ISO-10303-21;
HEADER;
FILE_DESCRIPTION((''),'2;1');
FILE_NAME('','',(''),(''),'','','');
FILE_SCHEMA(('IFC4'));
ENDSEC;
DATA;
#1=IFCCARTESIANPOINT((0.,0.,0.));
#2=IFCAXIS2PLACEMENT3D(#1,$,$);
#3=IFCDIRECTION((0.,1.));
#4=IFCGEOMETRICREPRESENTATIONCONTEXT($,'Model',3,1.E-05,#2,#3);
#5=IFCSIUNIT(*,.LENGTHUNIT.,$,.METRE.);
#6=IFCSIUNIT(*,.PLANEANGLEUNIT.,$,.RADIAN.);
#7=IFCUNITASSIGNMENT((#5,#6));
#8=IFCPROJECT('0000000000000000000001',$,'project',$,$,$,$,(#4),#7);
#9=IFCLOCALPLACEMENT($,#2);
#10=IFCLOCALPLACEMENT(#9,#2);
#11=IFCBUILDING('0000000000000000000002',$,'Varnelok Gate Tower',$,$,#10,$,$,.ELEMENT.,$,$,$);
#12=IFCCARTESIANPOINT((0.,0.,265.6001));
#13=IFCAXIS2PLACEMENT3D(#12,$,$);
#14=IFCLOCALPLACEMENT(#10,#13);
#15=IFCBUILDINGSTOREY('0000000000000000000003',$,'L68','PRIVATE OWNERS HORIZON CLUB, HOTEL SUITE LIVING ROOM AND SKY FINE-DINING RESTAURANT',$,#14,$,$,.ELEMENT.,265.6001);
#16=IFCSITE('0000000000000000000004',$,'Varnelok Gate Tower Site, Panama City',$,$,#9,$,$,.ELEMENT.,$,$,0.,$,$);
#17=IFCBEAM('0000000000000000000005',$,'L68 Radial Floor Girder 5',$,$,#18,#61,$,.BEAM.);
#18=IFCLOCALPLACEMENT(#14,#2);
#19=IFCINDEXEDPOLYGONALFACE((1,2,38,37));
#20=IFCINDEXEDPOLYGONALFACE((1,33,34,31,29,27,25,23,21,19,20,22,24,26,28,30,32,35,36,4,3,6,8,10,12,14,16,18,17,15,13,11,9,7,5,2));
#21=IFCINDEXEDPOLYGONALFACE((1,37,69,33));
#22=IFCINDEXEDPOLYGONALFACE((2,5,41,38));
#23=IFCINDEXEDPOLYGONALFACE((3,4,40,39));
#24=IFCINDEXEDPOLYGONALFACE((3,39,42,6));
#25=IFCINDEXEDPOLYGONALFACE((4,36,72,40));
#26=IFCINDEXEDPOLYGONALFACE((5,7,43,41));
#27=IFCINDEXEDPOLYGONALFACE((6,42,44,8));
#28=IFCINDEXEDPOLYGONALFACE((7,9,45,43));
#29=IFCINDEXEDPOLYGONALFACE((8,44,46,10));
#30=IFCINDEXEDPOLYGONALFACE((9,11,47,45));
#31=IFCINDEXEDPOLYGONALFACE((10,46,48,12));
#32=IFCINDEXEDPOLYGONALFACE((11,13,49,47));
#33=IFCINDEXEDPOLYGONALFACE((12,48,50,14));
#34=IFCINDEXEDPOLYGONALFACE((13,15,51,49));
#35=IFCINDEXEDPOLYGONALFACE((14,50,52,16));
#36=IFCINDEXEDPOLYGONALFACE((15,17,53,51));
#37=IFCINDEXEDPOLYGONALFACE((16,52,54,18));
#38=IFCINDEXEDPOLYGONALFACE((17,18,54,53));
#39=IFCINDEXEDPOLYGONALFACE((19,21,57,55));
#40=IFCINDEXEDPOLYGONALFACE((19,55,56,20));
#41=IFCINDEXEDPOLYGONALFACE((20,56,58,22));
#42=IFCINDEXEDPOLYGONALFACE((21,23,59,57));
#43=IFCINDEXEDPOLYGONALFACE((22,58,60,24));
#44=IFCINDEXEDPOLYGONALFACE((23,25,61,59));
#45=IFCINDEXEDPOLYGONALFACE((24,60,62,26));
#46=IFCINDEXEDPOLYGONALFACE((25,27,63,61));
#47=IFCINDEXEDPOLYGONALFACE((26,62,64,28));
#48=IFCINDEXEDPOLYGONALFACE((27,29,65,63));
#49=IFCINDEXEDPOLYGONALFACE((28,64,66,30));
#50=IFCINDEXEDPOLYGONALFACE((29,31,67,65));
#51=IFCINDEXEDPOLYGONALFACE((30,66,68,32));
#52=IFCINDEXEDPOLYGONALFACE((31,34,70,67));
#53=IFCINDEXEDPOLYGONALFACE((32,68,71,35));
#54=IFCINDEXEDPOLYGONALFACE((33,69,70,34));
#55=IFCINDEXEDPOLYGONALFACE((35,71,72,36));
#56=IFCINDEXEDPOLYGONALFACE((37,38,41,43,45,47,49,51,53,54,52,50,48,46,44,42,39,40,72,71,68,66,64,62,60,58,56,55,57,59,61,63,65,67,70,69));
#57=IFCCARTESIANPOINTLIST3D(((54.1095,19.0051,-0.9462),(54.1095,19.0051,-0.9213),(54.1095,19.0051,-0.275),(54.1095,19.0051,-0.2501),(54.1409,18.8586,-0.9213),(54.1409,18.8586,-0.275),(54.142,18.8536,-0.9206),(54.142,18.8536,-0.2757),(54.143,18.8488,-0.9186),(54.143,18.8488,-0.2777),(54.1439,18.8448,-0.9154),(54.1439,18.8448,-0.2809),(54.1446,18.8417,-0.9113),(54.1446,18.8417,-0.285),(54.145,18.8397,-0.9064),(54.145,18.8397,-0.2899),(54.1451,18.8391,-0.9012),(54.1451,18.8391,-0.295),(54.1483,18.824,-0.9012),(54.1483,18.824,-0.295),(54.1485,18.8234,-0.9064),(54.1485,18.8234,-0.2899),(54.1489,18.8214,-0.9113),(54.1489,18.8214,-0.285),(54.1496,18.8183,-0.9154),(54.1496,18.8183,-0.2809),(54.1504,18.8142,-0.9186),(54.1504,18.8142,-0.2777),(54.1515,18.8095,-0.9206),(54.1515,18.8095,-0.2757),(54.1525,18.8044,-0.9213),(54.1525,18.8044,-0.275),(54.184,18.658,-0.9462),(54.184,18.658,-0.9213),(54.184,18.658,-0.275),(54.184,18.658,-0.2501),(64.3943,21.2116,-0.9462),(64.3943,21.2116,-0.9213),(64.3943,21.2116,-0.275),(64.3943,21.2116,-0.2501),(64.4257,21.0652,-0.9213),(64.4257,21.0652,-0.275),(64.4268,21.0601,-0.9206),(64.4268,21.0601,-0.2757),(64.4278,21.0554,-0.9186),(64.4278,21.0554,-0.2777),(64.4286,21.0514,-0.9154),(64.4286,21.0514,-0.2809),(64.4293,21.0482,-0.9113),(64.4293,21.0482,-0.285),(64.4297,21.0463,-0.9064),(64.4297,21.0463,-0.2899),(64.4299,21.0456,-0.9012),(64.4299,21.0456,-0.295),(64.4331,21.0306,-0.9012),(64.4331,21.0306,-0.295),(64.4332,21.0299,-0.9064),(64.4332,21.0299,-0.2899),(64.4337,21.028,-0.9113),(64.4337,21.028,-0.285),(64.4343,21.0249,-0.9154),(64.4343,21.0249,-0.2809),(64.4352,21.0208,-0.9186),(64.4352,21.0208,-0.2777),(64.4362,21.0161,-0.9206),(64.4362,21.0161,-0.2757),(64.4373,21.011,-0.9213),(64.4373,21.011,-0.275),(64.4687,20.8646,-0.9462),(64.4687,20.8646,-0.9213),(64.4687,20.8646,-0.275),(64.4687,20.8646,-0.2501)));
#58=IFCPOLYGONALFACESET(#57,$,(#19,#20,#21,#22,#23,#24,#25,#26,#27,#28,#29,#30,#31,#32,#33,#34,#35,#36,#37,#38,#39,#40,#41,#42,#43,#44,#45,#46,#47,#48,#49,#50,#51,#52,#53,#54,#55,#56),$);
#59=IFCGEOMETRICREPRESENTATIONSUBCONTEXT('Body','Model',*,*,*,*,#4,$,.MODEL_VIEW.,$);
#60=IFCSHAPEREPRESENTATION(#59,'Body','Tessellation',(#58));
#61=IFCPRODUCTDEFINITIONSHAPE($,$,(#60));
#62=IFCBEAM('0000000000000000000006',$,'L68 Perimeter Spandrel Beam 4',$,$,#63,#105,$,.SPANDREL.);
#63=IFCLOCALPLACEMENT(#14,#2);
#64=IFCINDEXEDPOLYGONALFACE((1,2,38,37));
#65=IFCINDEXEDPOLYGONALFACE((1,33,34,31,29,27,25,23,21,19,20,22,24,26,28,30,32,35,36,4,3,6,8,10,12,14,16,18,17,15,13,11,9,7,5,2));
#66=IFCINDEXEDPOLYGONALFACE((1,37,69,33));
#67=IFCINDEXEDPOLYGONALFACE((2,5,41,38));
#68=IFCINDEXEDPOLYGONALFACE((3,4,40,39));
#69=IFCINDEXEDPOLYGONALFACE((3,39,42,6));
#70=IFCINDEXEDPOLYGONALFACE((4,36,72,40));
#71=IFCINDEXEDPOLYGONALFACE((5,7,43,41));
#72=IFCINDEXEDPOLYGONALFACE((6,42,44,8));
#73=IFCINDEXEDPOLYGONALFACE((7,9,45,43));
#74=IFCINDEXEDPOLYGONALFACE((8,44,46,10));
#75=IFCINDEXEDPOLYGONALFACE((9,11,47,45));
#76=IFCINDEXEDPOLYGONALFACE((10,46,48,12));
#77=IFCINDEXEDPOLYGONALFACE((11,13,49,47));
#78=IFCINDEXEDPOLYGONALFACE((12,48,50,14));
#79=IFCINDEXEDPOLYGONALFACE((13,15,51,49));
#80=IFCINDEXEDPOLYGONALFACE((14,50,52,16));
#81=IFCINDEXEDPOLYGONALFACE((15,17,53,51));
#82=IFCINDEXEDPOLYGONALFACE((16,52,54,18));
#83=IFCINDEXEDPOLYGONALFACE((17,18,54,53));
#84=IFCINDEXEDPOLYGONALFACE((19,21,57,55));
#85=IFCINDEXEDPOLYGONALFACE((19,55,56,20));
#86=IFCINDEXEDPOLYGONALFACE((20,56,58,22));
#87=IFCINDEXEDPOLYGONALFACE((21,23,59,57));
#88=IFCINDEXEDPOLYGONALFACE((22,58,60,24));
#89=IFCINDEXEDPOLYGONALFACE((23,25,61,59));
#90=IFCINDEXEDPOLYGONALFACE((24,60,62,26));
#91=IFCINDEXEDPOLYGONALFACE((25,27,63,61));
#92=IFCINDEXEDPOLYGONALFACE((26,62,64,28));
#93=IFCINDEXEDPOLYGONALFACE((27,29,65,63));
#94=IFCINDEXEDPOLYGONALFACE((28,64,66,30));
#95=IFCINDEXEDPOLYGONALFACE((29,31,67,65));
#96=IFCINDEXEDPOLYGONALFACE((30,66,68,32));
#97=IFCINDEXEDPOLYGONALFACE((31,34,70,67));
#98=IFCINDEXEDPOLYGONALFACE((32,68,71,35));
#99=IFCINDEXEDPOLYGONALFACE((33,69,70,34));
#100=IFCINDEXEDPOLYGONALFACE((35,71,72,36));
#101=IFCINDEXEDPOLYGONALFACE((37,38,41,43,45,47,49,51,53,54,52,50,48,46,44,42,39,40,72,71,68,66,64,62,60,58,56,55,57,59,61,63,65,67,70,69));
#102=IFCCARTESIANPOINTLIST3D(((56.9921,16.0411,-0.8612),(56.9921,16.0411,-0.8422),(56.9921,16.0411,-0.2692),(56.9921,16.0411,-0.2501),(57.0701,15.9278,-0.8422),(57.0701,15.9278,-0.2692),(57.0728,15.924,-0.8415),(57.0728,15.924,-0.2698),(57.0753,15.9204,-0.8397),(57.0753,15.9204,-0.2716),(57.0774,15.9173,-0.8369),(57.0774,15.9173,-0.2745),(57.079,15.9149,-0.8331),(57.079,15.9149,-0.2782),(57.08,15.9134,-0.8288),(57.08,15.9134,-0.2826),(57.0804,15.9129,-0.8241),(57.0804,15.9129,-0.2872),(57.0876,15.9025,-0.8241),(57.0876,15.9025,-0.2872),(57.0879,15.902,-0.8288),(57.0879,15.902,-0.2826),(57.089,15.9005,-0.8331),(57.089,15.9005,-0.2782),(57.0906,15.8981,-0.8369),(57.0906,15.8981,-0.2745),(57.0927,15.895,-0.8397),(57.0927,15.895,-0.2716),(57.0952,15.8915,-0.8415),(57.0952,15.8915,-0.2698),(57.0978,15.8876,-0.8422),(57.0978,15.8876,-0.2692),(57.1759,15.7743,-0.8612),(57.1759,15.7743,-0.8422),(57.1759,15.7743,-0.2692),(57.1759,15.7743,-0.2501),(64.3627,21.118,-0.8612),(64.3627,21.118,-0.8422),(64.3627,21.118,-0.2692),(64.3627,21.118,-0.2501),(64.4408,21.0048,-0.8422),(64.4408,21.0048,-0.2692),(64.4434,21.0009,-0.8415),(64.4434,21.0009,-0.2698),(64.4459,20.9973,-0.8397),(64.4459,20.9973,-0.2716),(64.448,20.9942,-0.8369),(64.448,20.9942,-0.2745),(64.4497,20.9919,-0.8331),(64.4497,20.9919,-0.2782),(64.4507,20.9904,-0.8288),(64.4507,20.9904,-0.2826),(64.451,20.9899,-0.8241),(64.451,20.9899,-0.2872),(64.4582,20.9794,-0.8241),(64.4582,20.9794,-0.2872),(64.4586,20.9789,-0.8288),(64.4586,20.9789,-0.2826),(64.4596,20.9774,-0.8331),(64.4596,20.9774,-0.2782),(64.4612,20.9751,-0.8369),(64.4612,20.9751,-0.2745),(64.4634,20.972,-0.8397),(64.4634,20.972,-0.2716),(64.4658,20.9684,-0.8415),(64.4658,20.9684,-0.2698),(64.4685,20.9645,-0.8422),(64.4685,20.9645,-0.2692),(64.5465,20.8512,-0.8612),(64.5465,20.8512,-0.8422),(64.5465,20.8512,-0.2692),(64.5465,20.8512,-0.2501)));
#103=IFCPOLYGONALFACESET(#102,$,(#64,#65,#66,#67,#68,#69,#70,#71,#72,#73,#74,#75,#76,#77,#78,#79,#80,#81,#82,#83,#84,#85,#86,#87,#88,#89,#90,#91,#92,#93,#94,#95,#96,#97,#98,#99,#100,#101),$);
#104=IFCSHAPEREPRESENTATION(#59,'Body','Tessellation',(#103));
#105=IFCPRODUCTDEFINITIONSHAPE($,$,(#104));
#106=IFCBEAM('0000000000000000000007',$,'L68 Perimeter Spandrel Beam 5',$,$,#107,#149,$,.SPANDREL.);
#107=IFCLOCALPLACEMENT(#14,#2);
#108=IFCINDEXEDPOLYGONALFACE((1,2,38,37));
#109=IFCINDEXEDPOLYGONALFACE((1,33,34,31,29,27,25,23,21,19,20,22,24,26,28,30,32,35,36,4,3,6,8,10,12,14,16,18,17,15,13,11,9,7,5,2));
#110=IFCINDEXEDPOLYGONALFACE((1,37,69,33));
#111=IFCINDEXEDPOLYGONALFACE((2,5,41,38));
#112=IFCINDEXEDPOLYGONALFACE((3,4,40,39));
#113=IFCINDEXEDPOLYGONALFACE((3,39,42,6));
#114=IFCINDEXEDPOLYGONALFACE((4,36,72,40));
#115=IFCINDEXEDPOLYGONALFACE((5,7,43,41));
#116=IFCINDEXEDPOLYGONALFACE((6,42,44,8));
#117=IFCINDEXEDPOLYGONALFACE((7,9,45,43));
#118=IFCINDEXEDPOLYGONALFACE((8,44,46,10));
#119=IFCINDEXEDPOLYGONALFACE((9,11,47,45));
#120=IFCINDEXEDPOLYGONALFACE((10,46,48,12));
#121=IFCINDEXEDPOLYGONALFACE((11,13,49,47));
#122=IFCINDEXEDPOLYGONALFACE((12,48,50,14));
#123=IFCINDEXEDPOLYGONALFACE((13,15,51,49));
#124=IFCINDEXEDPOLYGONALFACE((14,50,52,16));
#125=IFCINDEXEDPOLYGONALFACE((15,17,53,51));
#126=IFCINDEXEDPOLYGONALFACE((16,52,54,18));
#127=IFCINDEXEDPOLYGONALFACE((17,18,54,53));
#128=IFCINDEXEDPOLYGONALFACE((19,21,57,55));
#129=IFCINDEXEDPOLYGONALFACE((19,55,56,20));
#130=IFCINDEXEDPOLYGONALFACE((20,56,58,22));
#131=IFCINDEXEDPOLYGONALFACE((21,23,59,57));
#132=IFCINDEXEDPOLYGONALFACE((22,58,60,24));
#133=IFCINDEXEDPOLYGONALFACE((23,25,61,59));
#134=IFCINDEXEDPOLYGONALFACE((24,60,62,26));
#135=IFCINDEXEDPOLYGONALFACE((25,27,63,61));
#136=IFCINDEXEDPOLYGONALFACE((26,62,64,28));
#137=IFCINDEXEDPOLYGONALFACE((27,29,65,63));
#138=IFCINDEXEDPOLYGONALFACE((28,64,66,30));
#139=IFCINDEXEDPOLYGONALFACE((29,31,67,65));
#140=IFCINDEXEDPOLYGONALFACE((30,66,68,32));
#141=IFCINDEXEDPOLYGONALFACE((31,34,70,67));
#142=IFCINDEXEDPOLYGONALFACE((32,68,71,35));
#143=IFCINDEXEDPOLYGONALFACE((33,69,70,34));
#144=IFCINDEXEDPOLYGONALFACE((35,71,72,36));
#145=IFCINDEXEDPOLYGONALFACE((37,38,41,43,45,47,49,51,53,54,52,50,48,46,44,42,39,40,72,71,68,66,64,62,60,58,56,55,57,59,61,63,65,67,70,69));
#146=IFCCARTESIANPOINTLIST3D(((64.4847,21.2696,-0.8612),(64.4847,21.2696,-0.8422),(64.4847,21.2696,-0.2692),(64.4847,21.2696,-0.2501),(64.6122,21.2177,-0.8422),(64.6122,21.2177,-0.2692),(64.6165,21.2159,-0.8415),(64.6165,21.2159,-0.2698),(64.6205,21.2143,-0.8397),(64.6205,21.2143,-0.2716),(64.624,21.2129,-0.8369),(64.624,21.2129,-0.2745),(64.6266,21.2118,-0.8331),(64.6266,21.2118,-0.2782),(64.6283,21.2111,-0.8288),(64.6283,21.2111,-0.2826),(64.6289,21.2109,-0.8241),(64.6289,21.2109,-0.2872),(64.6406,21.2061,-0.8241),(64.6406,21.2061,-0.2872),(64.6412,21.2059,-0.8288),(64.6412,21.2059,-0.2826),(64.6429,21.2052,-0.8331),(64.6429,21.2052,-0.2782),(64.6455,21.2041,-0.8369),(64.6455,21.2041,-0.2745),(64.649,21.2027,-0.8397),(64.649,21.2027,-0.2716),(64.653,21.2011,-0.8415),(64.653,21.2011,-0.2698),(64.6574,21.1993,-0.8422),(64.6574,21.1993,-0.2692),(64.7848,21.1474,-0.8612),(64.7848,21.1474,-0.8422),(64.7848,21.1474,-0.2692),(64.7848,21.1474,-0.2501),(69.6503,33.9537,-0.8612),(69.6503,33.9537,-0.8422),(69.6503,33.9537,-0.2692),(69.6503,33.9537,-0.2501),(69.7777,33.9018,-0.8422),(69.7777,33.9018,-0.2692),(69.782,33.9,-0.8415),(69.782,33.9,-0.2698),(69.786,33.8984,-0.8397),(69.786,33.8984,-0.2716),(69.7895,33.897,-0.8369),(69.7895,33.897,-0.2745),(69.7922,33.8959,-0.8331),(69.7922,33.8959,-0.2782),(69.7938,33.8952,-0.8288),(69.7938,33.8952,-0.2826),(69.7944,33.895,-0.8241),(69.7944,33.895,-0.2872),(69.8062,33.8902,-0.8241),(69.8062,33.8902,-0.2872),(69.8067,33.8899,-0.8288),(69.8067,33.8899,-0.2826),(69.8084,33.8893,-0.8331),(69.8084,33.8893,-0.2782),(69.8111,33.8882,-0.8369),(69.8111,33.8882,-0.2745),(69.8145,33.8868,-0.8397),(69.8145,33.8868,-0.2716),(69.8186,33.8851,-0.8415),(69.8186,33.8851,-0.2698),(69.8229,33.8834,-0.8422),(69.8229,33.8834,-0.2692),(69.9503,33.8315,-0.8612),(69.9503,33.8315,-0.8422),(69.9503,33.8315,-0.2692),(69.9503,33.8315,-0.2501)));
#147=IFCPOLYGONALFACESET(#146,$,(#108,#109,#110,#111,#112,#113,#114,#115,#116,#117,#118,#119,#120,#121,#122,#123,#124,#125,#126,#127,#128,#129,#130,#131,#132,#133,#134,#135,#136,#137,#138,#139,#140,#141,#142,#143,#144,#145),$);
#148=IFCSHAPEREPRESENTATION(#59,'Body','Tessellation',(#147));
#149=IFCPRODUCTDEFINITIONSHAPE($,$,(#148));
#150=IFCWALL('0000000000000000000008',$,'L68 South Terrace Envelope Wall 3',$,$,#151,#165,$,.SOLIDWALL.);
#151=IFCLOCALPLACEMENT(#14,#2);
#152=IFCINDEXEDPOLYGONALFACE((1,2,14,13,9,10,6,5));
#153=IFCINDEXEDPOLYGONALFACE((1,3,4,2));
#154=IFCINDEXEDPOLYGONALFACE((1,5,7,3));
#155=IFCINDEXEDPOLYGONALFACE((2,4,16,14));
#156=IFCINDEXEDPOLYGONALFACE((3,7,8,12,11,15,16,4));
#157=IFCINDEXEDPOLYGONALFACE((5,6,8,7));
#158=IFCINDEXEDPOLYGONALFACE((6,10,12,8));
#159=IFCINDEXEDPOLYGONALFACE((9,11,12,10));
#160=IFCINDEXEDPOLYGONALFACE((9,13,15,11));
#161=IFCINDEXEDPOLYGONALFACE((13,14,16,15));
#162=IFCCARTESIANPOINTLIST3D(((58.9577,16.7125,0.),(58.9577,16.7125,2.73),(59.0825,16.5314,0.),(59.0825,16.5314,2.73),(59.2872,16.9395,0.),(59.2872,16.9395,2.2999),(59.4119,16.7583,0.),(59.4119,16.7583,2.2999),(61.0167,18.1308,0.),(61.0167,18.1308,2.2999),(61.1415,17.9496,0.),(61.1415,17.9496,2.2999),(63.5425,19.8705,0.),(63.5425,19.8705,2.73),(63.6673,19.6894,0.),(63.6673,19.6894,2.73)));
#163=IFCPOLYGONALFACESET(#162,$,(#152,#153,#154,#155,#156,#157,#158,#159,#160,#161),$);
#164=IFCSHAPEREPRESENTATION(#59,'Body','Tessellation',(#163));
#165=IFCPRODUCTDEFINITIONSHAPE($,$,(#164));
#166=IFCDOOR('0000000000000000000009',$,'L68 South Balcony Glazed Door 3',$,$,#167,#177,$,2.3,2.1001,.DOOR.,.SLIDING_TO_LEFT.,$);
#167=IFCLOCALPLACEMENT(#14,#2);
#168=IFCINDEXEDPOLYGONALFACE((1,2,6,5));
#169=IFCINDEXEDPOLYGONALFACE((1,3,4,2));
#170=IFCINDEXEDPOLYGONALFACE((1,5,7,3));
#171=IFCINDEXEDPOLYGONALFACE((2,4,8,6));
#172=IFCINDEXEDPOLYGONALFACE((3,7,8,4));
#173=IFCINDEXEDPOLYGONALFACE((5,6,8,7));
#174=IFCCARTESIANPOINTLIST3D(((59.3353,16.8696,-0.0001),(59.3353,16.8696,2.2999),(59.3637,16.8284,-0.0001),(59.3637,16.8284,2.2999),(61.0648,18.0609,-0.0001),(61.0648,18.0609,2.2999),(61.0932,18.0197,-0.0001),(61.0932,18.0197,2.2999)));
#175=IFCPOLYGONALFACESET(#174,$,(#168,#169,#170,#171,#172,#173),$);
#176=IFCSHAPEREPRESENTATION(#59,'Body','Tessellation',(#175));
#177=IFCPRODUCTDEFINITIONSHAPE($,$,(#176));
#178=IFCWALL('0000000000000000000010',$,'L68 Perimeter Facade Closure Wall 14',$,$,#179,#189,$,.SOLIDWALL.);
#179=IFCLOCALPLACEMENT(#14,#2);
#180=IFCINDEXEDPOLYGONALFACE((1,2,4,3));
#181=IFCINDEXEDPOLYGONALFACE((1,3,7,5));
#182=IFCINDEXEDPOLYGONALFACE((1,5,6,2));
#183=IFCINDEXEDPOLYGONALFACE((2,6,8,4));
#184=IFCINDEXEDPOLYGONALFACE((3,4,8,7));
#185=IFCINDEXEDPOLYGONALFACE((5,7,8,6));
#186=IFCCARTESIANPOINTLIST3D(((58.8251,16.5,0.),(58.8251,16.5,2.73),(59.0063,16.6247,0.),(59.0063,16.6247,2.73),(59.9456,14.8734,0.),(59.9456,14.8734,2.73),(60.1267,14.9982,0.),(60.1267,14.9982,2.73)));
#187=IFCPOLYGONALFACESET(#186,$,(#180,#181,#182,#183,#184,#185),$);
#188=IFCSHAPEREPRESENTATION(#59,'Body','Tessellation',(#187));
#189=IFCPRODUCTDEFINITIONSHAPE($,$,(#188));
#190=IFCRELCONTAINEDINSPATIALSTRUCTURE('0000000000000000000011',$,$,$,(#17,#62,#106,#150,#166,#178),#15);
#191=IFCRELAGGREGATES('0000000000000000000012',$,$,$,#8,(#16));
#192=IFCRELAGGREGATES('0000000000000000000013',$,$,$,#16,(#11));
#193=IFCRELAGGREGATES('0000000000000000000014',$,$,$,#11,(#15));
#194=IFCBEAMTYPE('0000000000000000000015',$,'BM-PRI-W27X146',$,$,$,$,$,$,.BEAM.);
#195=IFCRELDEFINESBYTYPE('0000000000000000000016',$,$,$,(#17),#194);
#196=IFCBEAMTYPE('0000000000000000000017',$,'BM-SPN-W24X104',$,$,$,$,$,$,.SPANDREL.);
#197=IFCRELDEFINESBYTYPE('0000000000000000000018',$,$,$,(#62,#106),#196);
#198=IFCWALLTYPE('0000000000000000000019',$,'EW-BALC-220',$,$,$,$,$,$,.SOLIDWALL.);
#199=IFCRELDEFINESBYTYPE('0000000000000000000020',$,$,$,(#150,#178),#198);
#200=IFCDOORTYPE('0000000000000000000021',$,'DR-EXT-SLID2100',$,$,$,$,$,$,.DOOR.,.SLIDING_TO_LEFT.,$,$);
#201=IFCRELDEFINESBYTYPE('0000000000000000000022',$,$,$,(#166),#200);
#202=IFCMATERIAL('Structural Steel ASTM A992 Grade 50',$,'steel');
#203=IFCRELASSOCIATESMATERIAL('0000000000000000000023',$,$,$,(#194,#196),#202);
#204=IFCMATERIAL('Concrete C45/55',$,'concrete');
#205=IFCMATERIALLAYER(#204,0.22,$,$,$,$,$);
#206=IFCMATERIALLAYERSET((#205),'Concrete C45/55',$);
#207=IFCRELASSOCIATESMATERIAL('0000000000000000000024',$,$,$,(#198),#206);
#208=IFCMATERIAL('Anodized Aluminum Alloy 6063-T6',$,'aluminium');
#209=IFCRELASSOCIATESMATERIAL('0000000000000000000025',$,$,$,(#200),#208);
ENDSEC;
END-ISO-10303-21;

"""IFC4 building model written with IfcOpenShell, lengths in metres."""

from ifc_helpers import new_model, si_unit, direction, frame, frame_2d, origin, origin_2d, place, context, subcontext, project, spatial, rectangle, i_section, extrude, material, layer, layer_set, material_profile, profile_set, type_object, element, fill, save


model = new_model("IFC4")

# Units and contexts
model_context = context("Model", 3, precision=1e-05, world=origin(), true_north=direction((0.0, 1.0)))
body_context = subcontext(model_context, "Body", "Model", "MODEL_VIEW")
ifc_project = project(units=[si_unit("LENGTHUNIT", "METRE"), si_unit("PLANEANGLEUNIT", "RADIAN")], contexts=[model_context])

# Site, building, storey
site_placement = place(None, origin())
site = spatial("IfcSite", under=ifc_project, at=site_placement, Name="Varnelok Gate Tower Site, Panama City", CompositionType="ELEMENT", RefElevation=0.0)
building_placement = place(site_placement, origin())
building = spatial("IfcBuilding", under=site, at=building_placement, Name="Varnelok Gate Tower", CompositionType="ELEMENT")
storey_placement = place(building_placement, frame((0.0, 0.0, 265.6001)))
storey = spatial("IfcBuildingStorey", under=building, at=storey_placement, Name="L68", Description="PRIVATE OWNERS HORIZON CLUB, HOTEL SUITE LIVING ROOM AND SKY FINE-DINING RESTAURANT", CompositionType="ELEMENT", Elevation=265.6001)

# Shared definitions
ifc_material_1 = material(Name="Structural Steel ASTM A992 Grade 50", Category="steel")

# Beams
ifc_material_profile_1 = material_profile(ifc_material_1, i_section(OverallWidth=0.355, OverallDepth=0.696, WebThickness=0.0154, FlangeThickness=0.0249, FilletRadius=0.02, at=origin_2d()), Name="W27X146")
ifc_profile_set_1 = profile_set([ifc_material_profile_1], Name="Structural Steel ASTM A992 Grade 50")
beam_type_1 = type_object("IfcBeamType", Name="BM-PRI-W27X146", PredefinedType="BEAM", material=ifc_profile_set_1)
beam_1_placement = place(storey_placement, frame((54.1467, 18.8315, -0.5981), z_axis=(0.97775, 0.209773, 0.0), x_axis=(-0.209773, 0.97775, 0.0)))
element("IfcBeam", 1, at=beam_1_placement, inside=storey, type_object=beam_type_1, Name="L68 Radial Floor Girder 5", PredefinedType="BEAM", context=body_context, shape_type="SweptSolid", body=[
    extrude(i_section(OverallWidth=0.355, OverallDepth=0.696, WebThickness=0.0154, FlangeThickness=0.0249, FilletRadius=0.02, at=origin_2d()), origin(), (0.0, 0.0, 1.0), 10.5188),
])
ifc_material_profile_2 = material_profile(ifc_material_1, i_section(OverallWidth=0.324, OverallDepth=0.6111, WebThickness=0.0127, FlangeThickness=0.019, FilletRadius=0.0181, at=origin_2d()), Name="W24X104")
ifc_profile_set_2 = profile_set([ifc_material_profile_2], Name="Structural Steel ASTM A992 Grade 50")
beam_type_2 = type_object("IfcBeamType", Name="BM-SPN-W24X104", PredefinedType="SPANDREL", material=ifc_profile_set_2)
beam_2_placement = place(storey_placement, frame((57.084, 15.9077, -0.5557), z_axis=(0.82354, 0.567258, 0.0), x_axis=(-0.567258, 0.82354, 0.0)))
element("IfcBeam", 2, at=beam_2_placement, inside=storey, type_object=beam_type_2, Name="L68 Perimeter Spandrel Beam 4", PredefinedType="SPANDREL", context=body_context, shape_type="SweptSolid", body=[
    extrude(i_section(OverallWidth=0.324, OverallDepth=0.6111, WebThickness=0.0127, FlangeThickness=0.019, FilletRadius=0.0181, at=origin_2d()), origin(), (0.0, 0.0, 1.0), 8.95),
])
beam_3_placement = place(storey_placement, frame((64.6348, 21.2085, -0.5557), z_axis=(0.377168, 0.926145, 0.0), x_axis=(-0.926145, 0.377168, 0.0)))
element("IfcBeam", 3, at=beam_3_placement, inside=storey, type_object=beam_type_2, Name="L68 Perimeter Spandrel Beam 5", PredefinedType="SPANDREL", context=body_context, shape_type="SweptSolid", body=[
    extrude(i_section(OverallWidth=0.324, OverallDepth=0.6111, WebThickness=0.0127, FlangeThickness=0.019, FilletRadius=0.0181, at=origin_2d()), origin(), (0.0, 0.0, 1.0), 13.6956),
])

# Wall, opening, door
ifc_material_2 = material(Name="Concrete C45/55", Category="concrete")
ifc_layer_1 = layer(ifc_material_2, 0.22)
ifc_layer_set_1 = layer_set([ifc_layer_1], Name="Concrete C45/55")
wall_type_1 = type_object("IfcWallType", Name="EW-BALC-220", PredefinedType="SOLIDWALL", material=ifc_layer_set_1)
wall_1_placement = place(storey_placement, frame((63.605, 19.78, 0.0), z_axis=(0.0, 0.0, 1.0), x_axis=(-0.823541, -0.567256, 0.0)))
wall_1 = element("IfcWall", 4, at=wall_1_placement, inside=storey, type_object=wall_type_1, Name="L68 South Terrace Envelope Wall 3", PredefinedType="SOLIDWALL", context=body_context, shape_type="SweptSolid", body=[
    extrude(rectangle(XDim=5.5671, YDim=0.22, at=frame_2d((2.7837, 0.0))), origin(), (0.0, 0.0, 1.0), 2.73),
])
opening_1_placement = place(wall_1_placement, frame((3.0671, 0.0, 0.0)))
opening_1 = element("IfcOpeningElement", 5, at=opening_1_placement, cuts=wall_1, PredefinedType="OPENING", context=body_context, shape_type="SweptSolid", body=[
    extrude(rectangle(XDim=2.1001, YDim=2.3, at=frame_2d((1.05, 1.1499))), frame((0.0, 0.1199, 0.0), z_axis=(0.0, -1.0, 0.0), x_axis=(1.0, 0.0, 0.0)), (0.0, 0.0, 1.0), 0.24),
])
ifc_material_3 = material(Name="Anodized Aluminum Alloy 6063-T6", Category="aluminium")
door_type_1 = type_object("IfcDoorType", Name="DR-EXT-SLID2100", OperationType="SLIDING_TO_LEFT", PredefinedType="DOOR", material=ifc_material_3)
door_1_placement = place(opening_1_placement, origin())
door_1 = element("IfcDoor", 6, at=door_1_placement, inside=storey, type_object=door_type_1, Name="L68 South Balcony Glazed Door 3", OperationType="SLIDING_TO_LEFT", OverallHeight=2.3, OverallWidth=2.1001, PredefinedType="DOOR", context=body_context, shape_type="SweptSolid", body=[
    extrude(rectangle(XDim=2.1001, YDim=2.3, at=frame_2d((1.05, 1.1499))), frame((0.0, 0.0249, 0.0), z_axis=(0.0, -1.0, 0.0), x_axis=(1.0, 0.0, 0.0)), (0.0, 0.0, 1.0), 0.05),
])
fill(opening_1, door_1)

# Wall
wall_2_placement = place(storey_placement, frame((60.0361, 14.9358, 0.0), z_axis=(0.0, 0.0, 1.0), x_axis=(-0.567274, 0.823529, 0.0)))
element("IfcWall", 7, at=wall_2_placement, inside=storey, type_object=wall_type_1, Name="L68 Perimeter Facade Closure Wall 14", PredefinedType="SOLIDWALL", context=body_context, shape_type="SweptSolid", body=[
    extrude(rectangle(XDim=1.9751, YDim=0.22, at=frame_2d((0.9875, 0.0))), origin(), (0.0, 0.0, 1.0), 2.73),
])

save(model, "model.ifc")
